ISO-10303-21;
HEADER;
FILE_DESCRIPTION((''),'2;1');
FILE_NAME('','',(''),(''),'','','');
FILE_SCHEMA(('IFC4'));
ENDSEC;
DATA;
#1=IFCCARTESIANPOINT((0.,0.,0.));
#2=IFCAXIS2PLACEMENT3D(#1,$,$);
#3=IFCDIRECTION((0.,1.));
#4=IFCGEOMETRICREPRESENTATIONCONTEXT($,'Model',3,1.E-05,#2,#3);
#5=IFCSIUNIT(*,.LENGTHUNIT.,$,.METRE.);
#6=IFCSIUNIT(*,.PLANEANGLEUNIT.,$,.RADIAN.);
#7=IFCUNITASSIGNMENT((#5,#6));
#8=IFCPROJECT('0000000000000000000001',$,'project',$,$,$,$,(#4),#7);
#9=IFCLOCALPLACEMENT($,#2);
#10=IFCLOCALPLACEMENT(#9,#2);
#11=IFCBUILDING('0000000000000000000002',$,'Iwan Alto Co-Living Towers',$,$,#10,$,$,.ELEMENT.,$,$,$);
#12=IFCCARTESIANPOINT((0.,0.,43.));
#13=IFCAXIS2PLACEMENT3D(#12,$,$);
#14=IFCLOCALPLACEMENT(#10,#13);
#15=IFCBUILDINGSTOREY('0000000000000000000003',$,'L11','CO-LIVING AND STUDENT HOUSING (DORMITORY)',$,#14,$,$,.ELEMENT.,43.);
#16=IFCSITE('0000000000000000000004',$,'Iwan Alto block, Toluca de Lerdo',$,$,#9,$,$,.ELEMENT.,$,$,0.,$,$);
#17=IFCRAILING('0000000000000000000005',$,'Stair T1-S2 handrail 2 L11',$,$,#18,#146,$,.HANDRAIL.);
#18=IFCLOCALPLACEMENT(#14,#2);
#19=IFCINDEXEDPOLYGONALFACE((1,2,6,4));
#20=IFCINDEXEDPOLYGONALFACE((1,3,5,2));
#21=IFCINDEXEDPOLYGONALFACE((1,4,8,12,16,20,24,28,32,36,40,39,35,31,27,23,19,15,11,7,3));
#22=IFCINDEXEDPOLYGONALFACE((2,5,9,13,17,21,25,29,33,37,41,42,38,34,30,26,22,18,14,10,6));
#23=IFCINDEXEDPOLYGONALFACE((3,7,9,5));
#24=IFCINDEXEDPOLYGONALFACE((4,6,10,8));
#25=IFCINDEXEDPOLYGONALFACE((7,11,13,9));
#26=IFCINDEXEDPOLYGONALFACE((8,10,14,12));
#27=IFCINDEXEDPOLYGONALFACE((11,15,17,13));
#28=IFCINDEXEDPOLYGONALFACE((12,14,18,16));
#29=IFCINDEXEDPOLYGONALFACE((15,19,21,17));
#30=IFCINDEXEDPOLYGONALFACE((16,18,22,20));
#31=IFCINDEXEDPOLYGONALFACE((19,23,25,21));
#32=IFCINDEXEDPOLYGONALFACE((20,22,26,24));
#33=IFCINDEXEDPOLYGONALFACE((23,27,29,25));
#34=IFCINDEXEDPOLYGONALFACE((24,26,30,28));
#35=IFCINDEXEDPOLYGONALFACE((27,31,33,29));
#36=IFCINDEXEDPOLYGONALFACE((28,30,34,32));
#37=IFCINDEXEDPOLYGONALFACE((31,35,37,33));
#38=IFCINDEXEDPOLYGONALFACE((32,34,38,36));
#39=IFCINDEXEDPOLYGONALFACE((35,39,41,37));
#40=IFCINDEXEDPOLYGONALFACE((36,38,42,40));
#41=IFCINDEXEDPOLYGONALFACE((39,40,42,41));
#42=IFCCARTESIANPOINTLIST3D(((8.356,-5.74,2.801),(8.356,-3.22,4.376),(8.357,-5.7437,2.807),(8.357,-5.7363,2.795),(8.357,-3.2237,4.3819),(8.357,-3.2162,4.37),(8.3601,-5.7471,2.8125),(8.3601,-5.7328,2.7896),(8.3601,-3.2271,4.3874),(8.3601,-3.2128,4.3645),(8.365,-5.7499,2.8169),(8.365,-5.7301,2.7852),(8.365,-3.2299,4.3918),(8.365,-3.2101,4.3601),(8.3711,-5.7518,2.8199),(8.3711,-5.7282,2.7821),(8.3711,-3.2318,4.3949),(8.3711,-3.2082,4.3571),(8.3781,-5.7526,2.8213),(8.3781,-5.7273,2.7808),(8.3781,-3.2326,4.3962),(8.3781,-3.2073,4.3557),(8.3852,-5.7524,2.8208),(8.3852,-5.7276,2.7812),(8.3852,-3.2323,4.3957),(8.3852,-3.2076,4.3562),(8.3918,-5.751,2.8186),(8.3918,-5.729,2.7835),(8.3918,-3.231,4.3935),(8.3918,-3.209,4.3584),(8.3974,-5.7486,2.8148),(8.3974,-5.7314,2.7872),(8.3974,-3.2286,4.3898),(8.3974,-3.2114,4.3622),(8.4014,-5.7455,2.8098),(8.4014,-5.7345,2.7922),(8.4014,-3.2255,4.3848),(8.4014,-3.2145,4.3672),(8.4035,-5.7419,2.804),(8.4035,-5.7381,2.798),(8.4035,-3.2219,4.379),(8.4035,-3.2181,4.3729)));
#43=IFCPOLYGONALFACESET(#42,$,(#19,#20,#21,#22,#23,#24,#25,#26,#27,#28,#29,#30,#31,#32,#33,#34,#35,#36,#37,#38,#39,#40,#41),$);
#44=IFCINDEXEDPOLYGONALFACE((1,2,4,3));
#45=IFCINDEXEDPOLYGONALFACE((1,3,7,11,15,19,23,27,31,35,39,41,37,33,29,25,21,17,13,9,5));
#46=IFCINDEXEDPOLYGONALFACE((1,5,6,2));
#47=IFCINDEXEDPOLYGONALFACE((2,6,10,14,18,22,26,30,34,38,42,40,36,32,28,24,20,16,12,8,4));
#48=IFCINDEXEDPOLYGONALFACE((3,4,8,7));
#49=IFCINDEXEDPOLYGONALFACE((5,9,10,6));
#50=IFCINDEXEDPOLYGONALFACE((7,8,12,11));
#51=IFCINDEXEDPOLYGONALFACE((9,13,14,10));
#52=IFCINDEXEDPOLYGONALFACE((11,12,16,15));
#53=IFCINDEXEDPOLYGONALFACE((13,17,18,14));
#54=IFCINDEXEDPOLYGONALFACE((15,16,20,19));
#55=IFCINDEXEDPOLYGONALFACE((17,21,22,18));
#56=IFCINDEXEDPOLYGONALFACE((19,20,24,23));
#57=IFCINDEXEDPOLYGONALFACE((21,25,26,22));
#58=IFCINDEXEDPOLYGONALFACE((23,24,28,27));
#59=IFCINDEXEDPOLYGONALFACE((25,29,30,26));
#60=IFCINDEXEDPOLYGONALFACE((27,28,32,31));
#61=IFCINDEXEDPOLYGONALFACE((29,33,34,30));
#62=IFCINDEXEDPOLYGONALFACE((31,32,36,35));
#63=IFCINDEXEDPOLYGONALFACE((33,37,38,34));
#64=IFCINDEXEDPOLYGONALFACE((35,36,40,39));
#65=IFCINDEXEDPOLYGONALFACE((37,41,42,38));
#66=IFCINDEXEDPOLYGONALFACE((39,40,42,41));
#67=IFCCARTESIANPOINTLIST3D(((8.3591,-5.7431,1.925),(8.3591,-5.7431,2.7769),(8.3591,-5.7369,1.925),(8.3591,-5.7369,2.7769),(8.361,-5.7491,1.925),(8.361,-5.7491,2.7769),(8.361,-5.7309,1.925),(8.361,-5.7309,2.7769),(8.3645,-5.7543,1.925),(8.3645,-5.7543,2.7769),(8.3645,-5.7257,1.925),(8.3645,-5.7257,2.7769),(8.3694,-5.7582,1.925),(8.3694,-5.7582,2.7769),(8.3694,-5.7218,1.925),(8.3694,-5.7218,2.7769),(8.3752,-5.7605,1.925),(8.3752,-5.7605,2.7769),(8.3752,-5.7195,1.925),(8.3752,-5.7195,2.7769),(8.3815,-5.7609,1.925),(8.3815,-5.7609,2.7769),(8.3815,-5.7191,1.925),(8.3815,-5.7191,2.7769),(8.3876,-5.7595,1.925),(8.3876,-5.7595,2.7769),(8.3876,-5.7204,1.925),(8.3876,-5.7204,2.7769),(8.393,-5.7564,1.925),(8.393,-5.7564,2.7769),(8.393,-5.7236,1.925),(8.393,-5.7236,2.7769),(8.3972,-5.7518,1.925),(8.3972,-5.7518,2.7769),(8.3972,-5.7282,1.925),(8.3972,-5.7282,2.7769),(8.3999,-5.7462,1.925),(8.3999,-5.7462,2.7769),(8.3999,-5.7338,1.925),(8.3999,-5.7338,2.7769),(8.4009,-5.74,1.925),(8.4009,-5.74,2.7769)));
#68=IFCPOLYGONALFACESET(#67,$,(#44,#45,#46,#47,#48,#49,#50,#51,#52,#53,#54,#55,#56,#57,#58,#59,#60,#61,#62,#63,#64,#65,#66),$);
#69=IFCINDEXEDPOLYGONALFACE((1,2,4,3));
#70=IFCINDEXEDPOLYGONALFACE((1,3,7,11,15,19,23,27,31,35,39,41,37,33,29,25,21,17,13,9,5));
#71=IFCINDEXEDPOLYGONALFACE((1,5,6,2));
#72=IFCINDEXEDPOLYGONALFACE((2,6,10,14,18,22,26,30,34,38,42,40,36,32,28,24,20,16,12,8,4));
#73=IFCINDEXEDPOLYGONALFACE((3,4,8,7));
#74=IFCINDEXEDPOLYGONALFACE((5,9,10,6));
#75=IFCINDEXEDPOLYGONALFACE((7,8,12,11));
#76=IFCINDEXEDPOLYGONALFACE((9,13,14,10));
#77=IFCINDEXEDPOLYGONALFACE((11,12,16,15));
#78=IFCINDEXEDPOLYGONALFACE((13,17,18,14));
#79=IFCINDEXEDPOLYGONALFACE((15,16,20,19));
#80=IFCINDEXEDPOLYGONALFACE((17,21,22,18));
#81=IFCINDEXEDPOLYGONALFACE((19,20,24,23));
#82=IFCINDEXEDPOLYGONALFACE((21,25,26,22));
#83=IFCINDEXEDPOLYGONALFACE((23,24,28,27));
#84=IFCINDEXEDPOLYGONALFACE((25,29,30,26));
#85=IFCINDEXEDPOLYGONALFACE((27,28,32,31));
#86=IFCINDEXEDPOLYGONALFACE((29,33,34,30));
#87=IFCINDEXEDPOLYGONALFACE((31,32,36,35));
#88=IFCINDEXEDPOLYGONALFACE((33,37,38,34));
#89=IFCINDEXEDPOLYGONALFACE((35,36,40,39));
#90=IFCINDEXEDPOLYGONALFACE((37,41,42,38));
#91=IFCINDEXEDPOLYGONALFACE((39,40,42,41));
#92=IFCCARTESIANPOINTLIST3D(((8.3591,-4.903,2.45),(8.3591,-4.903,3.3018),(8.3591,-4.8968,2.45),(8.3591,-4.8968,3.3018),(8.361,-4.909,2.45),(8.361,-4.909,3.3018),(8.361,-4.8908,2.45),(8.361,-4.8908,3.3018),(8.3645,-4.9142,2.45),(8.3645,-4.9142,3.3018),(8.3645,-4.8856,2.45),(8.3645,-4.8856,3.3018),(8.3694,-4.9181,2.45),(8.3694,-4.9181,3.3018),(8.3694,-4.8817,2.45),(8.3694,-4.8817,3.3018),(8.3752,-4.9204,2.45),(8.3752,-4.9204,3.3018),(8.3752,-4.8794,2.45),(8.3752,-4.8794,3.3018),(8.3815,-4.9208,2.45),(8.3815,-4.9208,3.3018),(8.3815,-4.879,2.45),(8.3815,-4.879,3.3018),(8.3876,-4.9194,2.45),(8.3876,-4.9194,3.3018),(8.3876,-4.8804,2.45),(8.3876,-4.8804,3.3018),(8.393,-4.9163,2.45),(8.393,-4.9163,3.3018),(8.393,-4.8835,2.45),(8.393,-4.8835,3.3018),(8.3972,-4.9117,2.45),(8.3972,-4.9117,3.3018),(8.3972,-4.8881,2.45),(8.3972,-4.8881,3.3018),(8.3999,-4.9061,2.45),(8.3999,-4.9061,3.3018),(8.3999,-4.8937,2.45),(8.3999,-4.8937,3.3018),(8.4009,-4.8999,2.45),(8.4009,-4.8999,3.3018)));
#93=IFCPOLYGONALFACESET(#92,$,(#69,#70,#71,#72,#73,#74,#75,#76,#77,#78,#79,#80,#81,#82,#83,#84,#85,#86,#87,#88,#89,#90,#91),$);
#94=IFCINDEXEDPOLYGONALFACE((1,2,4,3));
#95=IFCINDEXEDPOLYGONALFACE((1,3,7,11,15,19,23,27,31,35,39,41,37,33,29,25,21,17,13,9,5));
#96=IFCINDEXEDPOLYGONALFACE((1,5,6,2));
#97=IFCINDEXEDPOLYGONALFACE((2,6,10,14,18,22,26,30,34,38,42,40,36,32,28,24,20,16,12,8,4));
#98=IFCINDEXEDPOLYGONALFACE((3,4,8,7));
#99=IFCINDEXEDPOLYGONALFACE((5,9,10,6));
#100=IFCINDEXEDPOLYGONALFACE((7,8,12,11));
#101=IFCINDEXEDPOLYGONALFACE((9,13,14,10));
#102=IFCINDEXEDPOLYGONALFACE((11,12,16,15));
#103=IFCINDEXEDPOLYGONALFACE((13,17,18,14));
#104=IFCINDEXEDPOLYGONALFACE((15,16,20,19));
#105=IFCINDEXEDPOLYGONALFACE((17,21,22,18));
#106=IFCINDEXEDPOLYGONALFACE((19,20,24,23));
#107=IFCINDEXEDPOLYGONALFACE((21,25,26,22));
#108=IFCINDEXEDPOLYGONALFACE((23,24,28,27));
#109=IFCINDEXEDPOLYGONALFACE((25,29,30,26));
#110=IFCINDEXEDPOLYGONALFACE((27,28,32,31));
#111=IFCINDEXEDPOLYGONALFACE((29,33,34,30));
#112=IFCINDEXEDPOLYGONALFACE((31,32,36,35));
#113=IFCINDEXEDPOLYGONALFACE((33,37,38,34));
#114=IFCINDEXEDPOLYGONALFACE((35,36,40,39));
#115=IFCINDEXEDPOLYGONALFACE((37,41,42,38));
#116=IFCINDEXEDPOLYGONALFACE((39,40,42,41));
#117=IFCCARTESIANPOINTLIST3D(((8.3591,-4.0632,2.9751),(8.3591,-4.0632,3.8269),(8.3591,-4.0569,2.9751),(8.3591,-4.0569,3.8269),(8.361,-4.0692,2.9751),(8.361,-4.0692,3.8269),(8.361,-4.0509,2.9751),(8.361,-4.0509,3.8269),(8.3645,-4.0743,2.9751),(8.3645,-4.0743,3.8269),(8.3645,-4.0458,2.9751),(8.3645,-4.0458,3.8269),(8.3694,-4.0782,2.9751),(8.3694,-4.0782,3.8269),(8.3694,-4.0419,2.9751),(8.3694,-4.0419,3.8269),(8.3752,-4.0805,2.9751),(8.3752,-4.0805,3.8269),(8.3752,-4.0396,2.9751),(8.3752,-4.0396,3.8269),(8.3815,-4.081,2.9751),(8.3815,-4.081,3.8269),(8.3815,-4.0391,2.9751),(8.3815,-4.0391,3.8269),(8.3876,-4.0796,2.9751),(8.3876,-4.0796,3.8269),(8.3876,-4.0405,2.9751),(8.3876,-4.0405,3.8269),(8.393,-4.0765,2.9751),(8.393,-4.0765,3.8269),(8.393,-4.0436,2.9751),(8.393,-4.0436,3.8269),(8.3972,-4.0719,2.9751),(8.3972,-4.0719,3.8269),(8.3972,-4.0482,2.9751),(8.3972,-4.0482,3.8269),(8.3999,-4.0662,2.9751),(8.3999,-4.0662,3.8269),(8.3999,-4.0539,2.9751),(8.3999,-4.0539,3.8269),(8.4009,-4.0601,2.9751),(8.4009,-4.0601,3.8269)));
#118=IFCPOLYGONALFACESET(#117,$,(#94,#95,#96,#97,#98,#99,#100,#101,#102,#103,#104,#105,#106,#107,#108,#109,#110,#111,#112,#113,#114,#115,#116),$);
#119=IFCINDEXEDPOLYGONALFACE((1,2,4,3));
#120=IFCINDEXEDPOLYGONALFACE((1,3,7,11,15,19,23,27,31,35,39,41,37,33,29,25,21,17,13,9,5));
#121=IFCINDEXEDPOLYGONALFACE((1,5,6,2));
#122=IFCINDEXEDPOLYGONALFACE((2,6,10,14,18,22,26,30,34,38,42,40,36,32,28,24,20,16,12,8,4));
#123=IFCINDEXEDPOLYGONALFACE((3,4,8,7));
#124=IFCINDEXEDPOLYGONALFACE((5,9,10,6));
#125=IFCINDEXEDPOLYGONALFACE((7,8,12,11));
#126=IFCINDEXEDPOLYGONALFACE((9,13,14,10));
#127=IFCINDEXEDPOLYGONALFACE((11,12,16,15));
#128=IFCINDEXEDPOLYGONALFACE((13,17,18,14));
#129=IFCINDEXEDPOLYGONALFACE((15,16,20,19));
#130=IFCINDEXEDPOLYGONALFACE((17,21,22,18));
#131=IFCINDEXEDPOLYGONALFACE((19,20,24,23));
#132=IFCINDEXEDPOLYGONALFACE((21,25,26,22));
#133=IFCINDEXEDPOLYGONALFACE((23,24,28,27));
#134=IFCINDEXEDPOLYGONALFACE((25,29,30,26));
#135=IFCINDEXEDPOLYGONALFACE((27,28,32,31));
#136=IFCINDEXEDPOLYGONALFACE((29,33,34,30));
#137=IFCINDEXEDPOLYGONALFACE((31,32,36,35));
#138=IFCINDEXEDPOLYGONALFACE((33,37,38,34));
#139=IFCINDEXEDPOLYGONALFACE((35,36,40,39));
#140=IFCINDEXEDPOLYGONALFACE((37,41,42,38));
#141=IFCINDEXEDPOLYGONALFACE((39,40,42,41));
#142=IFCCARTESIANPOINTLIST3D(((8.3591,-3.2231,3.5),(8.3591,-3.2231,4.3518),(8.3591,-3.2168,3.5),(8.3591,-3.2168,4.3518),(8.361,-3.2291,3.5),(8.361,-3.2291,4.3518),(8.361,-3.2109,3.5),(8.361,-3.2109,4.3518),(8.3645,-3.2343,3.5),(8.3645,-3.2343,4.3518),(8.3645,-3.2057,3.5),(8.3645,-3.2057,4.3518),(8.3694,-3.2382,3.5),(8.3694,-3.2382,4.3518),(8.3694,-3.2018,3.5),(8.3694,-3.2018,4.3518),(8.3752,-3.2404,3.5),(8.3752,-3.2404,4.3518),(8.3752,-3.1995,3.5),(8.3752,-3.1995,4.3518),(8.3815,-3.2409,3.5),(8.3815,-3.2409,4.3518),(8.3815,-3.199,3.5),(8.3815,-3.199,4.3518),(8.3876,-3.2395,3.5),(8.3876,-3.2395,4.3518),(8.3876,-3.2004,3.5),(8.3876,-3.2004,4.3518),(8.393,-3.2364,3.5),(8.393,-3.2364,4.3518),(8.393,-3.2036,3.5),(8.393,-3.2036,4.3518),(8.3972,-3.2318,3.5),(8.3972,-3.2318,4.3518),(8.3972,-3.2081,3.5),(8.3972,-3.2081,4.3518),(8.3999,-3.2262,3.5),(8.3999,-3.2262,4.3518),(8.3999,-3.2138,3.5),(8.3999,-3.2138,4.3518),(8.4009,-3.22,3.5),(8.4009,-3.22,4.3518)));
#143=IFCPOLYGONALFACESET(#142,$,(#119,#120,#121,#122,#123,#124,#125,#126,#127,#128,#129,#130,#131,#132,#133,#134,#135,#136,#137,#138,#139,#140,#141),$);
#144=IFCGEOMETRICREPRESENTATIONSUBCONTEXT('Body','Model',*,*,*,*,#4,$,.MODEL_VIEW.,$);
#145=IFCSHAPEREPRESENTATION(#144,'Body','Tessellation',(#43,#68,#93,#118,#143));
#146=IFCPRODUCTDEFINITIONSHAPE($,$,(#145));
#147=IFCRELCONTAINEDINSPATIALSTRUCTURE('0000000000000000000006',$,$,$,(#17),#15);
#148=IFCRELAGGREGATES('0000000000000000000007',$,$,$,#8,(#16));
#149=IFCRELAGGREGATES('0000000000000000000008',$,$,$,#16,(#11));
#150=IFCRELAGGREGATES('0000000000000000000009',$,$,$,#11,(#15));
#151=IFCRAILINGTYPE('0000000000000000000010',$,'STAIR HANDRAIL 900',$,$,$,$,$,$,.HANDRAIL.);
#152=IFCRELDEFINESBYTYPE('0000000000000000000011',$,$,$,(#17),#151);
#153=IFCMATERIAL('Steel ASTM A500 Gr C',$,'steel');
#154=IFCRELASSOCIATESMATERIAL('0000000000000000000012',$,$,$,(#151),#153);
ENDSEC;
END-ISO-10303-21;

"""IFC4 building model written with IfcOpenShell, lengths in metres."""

from ifc_helpers import new_model, si_unit, direction, frame, origin, origin_2d, place, context, subcontext, project, spatial, circle, extrude, material, type_object, element, save


model = new_model("IFC4")

# Units and contexts
model_context = context("Model", 3, precision=1e-05, world=origin(), true_north=direction((0.0, 1.0)))
body_context = subcontext(model_context, "Body", "Model", "MODEL_VIEW")
ifc_project = project(units=[si_unit("LENGTHUNIT", "METRE"), si_unit("PLANEANGLEUNIT", "RADIAN")], contexts=[model_context])

# Site, building, storey
site_placement = place(None, origin())
site = spatial("IfcSite", under=ifc_project, at=site_placement, Name="Iwan Alto block, Toluca de Lerdo", CompositionType="ELEMENT", RefElevation=0.0)
building_placement = place(site_placement, origin())
building = spatial("IfcBuilding", under=site, at=building_placement, Name="Iwan Alto Co-Living Towers", CompositionType="ELEMENT")
storey_placement = place(building_placement, frame((0.0, 0.0, 43.0)))
storey = spatial("IfcBuildingStorey", under=building, at=storey_placement, Name="L11", Description="CO-LIVING AND STUDENT HOUSING (DORMITORY)", CompositionType="ELEMENT", Elevation=43.0)

# Railing
ifc_material_1 = material(Name="Steel ASTM A500 Gr C", Category="steel")
railing_type_1 = type_object("IfcRailingType", Name="STAIR HANDRAIL 900", PredefinedType="HANDRAIL", material=ifc_material_1)
railing_1_placement = place(storey_placement, frame((8.3799, -5.74, 1.925)))
element("IfcRailing", 1, at=railing_1_placement, inside=storey, type_object=railing_type_1, Name="Stair T1-S2 handrail 2 L11", PredefinedType="HANDRAIL", context=body_context, shape_type="SweptSolid", body=[
    extrude(circle(Radius=0.0239, at=origin_2d()), frame((0.0, 0.0, 0.876), z_axis=(0.0, 0.848008, 0.529984), x_axis=(-1.0, 0.0, 0.0)), (0.0, 0.0, 1.0), 2.9717),
    extrude(circle(Radius=0.021, at=origin_2d()), origin(), (0.0, 0.0, 1.0), 0.8518),
    extrude(circle(Radius=0.021, at=origin_2d()), frame((0.0, 0.8401, 0.5249)), (0.0, 0.0, 1.0), 0.8518),
    extrude(circle(Radius=0.021, at=origin_2d()), frame((0.0, 1.6799, 1.05)), (0.0, 0.0, 1.0), 0.8518),
    extrude(circle(Radius=0.021, at=origin_2d()), frame((0.0, 2.52, 1.575)), (0.0, 0.0, 1.0), 0.8518),
])

save(model, "model.ifc")
